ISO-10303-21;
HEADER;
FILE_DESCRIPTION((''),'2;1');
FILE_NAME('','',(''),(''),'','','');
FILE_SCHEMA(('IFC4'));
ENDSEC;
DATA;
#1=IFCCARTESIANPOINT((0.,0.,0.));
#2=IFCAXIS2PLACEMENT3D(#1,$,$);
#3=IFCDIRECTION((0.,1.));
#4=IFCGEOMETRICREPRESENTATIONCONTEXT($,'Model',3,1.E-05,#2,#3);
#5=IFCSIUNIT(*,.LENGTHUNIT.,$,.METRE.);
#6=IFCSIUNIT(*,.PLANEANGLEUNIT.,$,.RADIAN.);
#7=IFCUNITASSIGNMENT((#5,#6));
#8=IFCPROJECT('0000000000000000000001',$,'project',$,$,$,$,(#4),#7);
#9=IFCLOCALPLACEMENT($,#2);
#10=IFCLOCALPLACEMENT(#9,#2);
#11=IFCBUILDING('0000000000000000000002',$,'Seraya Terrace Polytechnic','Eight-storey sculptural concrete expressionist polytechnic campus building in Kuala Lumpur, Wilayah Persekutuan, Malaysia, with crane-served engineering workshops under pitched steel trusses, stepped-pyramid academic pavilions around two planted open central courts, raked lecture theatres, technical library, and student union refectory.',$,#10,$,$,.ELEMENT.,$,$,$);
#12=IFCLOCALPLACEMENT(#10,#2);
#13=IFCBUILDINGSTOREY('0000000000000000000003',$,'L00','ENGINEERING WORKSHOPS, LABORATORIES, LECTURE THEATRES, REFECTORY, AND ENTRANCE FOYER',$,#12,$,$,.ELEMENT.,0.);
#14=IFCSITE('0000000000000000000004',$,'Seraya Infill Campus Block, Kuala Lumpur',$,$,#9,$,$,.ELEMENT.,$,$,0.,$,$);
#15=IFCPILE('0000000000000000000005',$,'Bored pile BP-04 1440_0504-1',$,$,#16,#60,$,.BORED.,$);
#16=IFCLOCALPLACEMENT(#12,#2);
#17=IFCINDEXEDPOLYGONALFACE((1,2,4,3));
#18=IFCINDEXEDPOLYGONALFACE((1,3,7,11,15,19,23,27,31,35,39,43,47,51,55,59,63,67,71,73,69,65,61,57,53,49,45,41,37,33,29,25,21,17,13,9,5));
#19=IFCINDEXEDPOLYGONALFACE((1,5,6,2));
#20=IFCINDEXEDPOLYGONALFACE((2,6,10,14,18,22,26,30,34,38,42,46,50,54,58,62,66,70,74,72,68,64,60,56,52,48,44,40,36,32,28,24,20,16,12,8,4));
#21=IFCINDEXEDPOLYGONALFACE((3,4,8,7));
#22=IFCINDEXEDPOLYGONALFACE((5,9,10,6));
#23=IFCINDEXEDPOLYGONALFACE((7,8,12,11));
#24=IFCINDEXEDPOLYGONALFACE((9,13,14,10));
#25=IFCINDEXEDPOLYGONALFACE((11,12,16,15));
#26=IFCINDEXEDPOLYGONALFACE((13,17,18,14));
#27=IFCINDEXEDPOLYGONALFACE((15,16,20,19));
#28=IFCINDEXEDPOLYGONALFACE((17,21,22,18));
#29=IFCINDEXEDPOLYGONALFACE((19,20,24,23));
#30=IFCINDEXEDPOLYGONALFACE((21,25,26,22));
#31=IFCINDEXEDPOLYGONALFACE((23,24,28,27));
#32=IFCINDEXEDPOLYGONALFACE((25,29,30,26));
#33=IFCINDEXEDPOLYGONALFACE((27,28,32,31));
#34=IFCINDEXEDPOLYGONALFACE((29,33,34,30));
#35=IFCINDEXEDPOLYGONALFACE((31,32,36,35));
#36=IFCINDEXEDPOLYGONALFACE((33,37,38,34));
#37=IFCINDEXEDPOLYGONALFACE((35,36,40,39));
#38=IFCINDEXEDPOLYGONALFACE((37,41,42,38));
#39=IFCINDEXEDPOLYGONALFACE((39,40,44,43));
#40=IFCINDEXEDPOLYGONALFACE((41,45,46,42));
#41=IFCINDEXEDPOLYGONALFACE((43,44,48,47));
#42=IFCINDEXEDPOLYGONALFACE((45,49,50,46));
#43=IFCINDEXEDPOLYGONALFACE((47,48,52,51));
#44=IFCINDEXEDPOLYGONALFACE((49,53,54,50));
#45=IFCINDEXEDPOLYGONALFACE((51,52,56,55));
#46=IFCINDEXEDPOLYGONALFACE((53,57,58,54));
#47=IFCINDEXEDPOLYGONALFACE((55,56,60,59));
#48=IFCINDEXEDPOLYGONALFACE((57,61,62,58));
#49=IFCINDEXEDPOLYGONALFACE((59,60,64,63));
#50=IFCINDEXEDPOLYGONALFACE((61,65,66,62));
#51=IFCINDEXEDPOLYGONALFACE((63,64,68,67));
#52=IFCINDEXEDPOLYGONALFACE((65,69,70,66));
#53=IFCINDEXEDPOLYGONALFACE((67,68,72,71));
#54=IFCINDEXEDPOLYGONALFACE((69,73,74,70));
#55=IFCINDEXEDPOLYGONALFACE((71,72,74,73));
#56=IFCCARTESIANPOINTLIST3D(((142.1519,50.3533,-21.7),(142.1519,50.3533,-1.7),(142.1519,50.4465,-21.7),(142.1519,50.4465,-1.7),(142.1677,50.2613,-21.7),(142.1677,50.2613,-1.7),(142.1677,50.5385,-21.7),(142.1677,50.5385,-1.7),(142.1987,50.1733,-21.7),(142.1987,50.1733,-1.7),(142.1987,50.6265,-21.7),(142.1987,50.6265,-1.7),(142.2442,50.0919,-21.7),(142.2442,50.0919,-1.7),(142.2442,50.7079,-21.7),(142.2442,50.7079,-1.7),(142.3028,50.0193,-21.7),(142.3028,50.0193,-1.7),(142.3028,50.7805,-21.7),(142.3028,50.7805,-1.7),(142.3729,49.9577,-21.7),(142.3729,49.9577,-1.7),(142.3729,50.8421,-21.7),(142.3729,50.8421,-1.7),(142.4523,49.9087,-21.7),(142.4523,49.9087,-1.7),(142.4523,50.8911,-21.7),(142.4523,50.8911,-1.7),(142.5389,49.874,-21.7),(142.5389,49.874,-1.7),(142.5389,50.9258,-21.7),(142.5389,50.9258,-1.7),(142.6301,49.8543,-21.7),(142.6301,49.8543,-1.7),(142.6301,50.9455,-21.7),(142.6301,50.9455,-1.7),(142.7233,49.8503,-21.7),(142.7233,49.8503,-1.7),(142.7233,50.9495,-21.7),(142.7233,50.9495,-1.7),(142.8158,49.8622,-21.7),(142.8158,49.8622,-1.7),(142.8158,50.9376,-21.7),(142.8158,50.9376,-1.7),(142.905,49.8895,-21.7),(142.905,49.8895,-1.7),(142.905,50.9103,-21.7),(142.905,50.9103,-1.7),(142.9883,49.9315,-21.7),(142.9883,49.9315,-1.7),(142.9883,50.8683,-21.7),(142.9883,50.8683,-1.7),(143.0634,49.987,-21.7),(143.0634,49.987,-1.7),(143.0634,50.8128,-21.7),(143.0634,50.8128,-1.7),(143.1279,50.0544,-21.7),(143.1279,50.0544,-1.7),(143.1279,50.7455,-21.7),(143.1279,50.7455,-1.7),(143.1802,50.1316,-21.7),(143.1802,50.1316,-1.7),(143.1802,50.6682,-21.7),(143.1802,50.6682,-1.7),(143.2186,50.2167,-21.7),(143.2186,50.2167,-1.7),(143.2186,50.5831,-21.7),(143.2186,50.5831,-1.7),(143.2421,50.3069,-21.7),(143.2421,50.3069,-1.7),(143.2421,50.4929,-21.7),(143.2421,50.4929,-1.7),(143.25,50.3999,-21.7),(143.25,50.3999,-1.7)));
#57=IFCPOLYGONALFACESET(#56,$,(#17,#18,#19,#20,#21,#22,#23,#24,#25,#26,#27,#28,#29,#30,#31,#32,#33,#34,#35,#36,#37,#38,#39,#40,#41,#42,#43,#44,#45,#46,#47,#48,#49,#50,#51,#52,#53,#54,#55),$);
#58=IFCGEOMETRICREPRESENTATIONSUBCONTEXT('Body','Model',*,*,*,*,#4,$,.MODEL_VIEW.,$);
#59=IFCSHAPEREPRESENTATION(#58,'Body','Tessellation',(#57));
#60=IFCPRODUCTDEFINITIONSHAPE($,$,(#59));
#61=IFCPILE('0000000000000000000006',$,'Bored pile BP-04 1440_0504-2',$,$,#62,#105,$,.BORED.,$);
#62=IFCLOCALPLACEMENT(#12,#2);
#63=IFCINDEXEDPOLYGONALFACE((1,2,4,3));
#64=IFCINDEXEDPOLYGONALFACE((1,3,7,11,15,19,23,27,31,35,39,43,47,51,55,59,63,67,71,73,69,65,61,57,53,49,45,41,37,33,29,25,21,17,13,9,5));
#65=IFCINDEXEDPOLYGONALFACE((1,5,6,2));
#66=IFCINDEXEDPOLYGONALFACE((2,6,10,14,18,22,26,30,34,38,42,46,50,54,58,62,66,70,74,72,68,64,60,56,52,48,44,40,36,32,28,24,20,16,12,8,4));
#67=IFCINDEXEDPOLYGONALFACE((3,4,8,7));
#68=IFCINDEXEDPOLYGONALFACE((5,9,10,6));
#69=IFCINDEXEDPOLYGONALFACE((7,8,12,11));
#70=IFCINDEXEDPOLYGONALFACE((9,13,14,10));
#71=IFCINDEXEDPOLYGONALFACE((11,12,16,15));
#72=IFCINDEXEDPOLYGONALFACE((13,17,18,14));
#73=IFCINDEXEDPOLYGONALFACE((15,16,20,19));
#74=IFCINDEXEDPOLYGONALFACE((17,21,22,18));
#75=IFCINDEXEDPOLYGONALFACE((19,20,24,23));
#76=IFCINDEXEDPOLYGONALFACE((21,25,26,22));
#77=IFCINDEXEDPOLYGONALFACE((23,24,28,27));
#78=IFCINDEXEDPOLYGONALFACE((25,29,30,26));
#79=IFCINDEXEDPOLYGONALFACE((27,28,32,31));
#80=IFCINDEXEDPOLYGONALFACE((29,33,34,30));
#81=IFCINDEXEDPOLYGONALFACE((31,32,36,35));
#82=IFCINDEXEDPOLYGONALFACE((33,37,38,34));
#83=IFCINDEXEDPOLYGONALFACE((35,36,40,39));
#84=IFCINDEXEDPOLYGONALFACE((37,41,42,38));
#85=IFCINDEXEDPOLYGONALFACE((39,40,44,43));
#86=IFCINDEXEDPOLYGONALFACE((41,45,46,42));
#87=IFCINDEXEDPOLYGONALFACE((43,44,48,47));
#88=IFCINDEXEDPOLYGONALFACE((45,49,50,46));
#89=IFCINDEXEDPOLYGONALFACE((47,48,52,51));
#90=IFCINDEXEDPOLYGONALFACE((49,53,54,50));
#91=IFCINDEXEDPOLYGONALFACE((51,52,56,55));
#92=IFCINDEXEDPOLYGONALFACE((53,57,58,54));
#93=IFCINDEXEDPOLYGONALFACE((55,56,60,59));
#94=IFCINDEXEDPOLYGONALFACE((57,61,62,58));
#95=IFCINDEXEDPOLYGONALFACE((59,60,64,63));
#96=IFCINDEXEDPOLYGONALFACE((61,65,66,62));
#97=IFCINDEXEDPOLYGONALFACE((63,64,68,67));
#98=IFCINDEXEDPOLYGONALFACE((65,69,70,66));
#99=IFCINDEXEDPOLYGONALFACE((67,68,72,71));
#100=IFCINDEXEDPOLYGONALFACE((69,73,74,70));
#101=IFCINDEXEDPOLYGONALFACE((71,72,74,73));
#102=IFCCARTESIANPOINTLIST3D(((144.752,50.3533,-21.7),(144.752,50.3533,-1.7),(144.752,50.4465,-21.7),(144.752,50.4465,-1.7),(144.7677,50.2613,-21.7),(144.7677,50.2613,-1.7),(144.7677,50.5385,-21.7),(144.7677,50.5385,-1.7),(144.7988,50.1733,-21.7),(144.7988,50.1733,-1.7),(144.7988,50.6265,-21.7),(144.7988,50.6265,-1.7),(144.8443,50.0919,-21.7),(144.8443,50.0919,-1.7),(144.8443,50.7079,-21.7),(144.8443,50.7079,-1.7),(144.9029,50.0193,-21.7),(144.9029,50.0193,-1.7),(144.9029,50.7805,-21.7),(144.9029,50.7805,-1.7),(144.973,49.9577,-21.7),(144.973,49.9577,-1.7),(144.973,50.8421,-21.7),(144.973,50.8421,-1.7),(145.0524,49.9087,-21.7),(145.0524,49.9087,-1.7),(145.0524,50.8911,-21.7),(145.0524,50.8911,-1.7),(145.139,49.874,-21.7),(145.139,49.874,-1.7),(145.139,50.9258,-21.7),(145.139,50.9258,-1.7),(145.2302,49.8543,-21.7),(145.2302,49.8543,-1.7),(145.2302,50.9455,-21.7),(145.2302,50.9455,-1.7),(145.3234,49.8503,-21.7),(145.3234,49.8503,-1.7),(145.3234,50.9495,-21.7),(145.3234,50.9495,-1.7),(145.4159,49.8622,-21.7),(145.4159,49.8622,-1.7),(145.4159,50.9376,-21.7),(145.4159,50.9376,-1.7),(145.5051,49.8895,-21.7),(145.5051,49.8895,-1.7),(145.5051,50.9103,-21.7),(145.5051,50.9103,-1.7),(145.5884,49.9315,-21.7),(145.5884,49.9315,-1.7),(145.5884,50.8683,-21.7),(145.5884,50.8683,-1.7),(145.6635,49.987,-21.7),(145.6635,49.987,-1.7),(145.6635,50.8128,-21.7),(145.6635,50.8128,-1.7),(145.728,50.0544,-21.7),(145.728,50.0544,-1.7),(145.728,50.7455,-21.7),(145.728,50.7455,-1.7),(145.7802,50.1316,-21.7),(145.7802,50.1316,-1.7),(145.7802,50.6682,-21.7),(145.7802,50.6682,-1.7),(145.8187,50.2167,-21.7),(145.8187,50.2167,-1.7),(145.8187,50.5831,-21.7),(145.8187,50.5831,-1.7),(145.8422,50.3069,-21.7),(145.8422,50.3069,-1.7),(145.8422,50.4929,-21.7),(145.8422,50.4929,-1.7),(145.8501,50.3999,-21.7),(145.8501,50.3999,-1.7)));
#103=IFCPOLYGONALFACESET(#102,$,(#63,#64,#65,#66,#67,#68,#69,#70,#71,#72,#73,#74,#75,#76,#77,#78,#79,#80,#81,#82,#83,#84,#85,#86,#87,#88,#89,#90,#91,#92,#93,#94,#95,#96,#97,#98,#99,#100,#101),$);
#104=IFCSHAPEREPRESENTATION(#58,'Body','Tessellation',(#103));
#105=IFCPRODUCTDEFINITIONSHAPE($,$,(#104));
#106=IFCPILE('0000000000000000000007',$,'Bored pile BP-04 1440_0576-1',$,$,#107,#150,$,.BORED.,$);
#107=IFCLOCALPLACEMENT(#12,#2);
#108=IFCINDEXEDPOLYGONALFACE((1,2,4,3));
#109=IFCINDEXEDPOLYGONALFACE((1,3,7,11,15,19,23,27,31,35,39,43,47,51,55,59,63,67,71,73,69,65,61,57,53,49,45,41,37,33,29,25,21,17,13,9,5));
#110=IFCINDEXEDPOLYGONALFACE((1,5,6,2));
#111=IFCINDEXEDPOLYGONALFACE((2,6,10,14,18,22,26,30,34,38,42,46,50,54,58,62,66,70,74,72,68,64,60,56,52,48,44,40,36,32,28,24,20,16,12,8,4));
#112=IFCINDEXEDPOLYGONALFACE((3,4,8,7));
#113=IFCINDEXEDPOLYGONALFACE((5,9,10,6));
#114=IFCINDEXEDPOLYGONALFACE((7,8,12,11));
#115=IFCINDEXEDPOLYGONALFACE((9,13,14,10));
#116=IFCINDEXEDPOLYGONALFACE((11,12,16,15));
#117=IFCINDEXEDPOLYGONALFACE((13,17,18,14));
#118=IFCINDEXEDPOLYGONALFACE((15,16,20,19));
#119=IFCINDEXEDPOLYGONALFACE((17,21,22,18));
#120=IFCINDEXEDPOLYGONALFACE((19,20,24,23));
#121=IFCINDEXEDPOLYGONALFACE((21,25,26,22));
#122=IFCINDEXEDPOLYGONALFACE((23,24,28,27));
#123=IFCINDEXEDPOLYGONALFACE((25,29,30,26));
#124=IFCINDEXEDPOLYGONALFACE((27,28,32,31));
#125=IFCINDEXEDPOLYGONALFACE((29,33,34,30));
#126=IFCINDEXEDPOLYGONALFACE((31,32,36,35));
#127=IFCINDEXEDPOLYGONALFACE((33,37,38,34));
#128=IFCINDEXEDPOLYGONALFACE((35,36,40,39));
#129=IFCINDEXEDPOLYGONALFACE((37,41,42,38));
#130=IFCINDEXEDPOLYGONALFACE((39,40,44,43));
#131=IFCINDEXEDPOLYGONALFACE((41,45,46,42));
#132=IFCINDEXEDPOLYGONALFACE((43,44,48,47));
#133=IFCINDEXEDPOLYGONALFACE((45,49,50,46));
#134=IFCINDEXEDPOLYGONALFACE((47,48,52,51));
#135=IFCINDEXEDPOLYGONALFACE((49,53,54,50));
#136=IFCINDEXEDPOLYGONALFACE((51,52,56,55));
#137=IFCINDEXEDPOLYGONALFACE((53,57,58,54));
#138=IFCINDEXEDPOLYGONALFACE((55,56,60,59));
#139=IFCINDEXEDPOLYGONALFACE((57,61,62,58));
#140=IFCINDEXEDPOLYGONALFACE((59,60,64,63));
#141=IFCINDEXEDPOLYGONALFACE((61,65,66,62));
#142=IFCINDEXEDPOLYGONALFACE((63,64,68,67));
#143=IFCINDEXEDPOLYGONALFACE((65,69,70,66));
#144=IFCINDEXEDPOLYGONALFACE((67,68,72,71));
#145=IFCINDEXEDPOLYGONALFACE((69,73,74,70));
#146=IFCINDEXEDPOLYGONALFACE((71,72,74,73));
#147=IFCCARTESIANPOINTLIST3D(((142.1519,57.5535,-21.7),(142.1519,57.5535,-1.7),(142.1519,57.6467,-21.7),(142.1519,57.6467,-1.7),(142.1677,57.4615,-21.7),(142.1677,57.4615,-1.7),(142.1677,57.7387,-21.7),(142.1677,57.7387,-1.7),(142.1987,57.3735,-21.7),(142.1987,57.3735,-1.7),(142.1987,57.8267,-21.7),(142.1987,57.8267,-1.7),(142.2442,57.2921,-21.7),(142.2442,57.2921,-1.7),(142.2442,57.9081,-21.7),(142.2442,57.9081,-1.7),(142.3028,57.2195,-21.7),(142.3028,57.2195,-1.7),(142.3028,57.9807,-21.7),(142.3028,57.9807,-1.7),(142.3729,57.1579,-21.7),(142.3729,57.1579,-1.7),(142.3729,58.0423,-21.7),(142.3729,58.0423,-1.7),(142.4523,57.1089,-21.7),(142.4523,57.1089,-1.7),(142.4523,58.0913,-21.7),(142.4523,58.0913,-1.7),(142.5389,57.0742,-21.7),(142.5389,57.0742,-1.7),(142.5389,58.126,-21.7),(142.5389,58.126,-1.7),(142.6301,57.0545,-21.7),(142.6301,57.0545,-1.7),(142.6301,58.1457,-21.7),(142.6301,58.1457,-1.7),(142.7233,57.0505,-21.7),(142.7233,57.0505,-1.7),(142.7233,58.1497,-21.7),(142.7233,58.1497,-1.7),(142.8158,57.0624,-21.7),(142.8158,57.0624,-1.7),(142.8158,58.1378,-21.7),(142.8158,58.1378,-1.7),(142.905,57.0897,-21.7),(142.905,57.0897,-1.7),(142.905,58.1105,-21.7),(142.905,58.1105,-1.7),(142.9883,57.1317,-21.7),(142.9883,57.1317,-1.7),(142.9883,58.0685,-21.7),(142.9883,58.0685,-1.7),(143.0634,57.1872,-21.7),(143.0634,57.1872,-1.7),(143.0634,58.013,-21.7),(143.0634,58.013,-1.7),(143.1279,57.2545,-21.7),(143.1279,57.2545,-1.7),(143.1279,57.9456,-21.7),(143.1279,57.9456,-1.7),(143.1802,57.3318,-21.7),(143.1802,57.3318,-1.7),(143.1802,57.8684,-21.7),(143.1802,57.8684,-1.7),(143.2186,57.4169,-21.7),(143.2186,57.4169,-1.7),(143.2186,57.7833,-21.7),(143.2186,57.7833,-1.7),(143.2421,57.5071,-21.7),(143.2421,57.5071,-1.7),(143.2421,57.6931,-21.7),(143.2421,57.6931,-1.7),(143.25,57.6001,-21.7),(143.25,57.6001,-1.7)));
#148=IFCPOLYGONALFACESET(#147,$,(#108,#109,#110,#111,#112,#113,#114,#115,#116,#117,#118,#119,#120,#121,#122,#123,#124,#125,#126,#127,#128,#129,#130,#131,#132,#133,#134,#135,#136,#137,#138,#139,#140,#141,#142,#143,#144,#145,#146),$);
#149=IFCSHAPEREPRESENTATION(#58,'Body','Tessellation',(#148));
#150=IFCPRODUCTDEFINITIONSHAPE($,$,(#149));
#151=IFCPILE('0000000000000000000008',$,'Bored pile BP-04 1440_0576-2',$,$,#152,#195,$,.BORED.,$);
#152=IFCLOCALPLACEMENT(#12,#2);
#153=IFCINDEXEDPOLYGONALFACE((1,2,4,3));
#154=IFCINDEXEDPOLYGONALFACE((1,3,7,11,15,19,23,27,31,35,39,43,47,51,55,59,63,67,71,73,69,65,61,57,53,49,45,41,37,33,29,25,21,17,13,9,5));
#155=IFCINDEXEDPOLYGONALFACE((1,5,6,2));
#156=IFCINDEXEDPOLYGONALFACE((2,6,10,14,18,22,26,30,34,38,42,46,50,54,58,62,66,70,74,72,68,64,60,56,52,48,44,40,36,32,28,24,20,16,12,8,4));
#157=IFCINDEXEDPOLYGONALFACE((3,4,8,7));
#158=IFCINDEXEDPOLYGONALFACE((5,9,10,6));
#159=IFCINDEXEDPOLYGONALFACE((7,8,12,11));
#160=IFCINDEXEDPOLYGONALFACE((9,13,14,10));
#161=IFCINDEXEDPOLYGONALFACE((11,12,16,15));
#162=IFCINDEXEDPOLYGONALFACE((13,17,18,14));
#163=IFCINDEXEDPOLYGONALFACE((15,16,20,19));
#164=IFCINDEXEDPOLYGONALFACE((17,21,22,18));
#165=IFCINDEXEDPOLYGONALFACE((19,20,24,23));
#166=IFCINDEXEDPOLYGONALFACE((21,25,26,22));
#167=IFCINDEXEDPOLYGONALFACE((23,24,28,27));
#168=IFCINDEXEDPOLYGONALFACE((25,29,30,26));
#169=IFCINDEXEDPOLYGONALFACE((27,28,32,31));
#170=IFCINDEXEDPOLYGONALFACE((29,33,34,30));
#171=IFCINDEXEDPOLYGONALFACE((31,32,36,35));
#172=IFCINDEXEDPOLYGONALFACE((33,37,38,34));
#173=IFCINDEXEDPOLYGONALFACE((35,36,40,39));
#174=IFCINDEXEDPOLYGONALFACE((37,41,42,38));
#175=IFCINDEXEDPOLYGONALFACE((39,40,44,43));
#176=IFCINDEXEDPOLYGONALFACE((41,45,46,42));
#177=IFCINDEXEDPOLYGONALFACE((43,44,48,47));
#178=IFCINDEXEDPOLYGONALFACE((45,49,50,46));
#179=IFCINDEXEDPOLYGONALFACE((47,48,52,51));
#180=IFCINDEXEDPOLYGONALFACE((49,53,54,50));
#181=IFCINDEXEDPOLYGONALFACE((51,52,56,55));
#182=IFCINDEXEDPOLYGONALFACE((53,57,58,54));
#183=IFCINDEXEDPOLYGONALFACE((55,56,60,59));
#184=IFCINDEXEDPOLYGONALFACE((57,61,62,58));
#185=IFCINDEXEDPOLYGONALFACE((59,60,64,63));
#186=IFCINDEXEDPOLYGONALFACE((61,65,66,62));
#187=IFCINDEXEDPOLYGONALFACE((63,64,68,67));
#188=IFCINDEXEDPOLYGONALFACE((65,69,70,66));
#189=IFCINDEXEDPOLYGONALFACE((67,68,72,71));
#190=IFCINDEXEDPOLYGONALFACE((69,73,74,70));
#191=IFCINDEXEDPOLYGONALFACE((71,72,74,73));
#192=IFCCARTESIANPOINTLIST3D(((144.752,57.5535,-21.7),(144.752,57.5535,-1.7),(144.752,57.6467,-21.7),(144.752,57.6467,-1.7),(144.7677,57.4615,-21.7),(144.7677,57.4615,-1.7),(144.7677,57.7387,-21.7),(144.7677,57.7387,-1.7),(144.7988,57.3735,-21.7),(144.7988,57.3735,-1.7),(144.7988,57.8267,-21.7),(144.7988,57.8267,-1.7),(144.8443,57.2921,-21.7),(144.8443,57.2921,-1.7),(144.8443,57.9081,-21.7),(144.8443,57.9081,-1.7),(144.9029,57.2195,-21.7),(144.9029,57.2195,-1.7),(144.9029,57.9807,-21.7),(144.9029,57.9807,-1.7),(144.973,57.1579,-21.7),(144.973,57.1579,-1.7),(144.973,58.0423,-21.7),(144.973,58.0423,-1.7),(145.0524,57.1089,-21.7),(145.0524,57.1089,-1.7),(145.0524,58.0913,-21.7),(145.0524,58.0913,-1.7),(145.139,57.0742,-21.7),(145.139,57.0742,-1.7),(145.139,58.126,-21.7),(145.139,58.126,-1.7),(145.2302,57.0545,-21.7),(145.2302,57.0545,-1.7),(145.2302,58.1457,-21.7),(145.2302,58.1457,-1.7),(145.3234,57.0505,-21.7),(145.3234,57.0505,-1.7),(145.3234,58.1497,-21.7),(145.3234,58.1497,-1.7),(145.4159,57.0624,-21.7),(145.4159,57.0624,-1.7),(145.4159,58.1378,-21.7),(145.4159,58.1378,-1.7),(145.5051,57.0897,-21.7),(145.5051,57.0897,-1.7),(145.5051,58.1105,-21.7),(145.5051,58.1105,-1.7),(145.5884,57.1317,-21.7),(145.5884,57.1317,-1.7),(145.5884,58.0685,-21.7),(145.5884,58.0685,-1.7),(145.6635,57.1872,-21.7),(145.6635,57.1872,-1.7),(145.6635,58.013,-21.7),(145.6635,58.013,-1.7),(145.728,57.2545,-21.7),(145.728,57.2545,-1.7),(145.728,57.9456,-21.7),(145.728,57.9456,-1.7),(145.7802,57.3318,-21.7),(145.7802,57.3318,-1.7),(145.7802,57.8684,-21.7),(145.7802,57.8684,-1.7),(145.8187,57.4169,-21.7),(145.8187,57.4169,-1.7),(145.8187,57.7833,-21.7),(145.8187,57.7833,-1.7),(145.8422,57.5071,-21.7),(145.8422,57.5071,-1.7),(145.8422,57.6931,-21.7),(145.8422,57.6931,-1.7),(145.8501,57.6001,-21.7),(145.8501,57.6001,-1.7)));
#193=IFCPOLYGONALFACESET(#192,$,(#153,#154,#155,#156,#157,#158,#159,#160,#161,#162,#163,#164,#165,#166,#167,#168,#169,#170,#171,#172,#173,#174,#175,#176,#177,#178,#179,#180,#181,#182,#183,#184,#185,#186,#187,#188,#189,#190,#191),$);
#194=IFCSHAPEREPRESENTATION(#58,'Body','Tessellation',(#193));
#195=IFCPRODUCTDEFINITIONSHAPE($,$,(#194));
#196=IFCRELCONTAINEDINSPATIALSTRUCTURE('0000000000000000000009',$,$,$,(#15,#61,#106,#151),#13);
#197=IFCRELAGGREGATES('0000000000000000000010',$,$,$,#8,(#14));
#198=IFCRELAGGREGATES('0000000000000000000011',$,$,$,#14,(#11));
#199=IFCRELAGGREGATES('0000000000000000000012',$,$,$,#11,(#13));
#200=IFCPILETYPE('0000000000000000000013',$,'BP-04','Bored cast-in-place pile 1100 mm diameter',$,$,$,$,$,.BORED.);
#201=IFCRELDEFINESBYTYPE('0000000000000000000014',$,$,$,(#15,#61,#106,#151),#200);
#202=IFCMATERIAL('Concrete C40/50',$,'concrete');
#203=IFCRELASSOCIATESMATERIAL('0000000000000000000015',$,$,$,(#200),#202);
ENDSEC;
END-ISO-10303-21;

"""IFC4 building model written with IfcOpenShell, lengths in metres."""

from ifc_helpers import new_model, si_unit, direction, frame, origin, origin_2d, place, context, subcontext, project, spatial, circle, extrude, material, material_profile, profile_set, type_object, element, save


model = new_model("IFC4")

# Units and contexts
model_context = context("Model", 3, precision=1e-05, world=origin(), true_north=direction((0.0, 1.0)))
body_context = subcontext(model_context, "Body", "Model", "MODEL_VIEW")
ifc_project = project(units=[si_unit("LENGTHUNIT", "METRE"), si_unit("PLANEANGLEUNIT", "RADIAN")], contexts=[model_context])

# Site, building, storey
site_placement = place(None, origin())
site = spatial("IfcSite", under=ifc_project, at=site_placement, Name="Seraya Infill Campus Block, Kuala Lumpur", CompositionType="ELEMENT", RefElevation=0.0)
building_placement = place(site_placement, origin())
building = spatial("IfcBuilding", under=site, at=building_placement, Name="Seraya Terrace Polytechnic", Description="Eight-storey sculptural concrete expressionist polytechnic campus building in Kuala Lumpur, Wilayah Persekutuan, Malaysia, with crane-served engineering workshops under pitched steel trusses, stepped-pyramid academic pavilions around two planted open central courts, raked lecture theatres, technical library, and student union refectory.", CompositionType="ELEMENT")
storey_placement = place(building_placement, origin())
storey = spatial("IfcBuildingStorey", under=building, at=storey_placement, Name="L00", Description="ENGINEERING WORKSHOPS, LABORATORIES, LECTURE THEATRES, REFECTORY, AND ENTRANCE FOYER", CompositionType="ELEMENT", Elevation=0.0)

# Piles
ifc_material_1 = material(Name="Concrete C40/50", Category="concrete")
ifc_material_profile_1 = material_profile(ifc_material_1, circle(Radius=0.55, at=origin_2d()), Name="DIA 1100")
ifc_profile_set_1 = profile_set([ifc_material_profile_1], Name="Concrete C40/50")
pile_type = type_object("IfcPileType", Name="BP-04", Description="Bored cast-in-place pile 1100 mm diameter", PredefinedType="BORED", material=ifc_profile_set_1)
for number, where, z_axis, x_axis, name in (
    (1, (142.7, 50.3999, -1.7), (0.0, 0.0, -1.0), (1.0, 0.0, 0.0), "Bored pile BP-04 1440_0504-1"),
    (2, (145.3, 50.3999, -1.7), (0.0, 0.0, -1.0), (1.0, 0.0, 0.0), "Bored pile BP-04 1440_0504-2"),
    (3, (142.7, 57.6001, -1.7), (0.0, 0.0, -1.0), (1.0, 0.0, 0.0), "Bored pile BP-04 1440_0576-1"),
    (4, (145.3, 57.6001, -1.7), (0.0, 0.0, -1.0), (1.0, 0.0, 0.0), "Bored pile BP-04 1440_0576-2"),
):
    element("IfcPile", number, at=place(storey_placement, frame(where, z_axis=z_axis, x_axis=x_axis)), inside=storey, type_object=pile_type, Name=name, PredefinedType="BORED", context=body_context, shape_type="SweptSolid", body=[
        extrude(circle(Radius=0.55, at=origin_2d()), origin(), (0.0, 0.0, 1.0), 20.0),
    ])

save(model, "model.ifc")
